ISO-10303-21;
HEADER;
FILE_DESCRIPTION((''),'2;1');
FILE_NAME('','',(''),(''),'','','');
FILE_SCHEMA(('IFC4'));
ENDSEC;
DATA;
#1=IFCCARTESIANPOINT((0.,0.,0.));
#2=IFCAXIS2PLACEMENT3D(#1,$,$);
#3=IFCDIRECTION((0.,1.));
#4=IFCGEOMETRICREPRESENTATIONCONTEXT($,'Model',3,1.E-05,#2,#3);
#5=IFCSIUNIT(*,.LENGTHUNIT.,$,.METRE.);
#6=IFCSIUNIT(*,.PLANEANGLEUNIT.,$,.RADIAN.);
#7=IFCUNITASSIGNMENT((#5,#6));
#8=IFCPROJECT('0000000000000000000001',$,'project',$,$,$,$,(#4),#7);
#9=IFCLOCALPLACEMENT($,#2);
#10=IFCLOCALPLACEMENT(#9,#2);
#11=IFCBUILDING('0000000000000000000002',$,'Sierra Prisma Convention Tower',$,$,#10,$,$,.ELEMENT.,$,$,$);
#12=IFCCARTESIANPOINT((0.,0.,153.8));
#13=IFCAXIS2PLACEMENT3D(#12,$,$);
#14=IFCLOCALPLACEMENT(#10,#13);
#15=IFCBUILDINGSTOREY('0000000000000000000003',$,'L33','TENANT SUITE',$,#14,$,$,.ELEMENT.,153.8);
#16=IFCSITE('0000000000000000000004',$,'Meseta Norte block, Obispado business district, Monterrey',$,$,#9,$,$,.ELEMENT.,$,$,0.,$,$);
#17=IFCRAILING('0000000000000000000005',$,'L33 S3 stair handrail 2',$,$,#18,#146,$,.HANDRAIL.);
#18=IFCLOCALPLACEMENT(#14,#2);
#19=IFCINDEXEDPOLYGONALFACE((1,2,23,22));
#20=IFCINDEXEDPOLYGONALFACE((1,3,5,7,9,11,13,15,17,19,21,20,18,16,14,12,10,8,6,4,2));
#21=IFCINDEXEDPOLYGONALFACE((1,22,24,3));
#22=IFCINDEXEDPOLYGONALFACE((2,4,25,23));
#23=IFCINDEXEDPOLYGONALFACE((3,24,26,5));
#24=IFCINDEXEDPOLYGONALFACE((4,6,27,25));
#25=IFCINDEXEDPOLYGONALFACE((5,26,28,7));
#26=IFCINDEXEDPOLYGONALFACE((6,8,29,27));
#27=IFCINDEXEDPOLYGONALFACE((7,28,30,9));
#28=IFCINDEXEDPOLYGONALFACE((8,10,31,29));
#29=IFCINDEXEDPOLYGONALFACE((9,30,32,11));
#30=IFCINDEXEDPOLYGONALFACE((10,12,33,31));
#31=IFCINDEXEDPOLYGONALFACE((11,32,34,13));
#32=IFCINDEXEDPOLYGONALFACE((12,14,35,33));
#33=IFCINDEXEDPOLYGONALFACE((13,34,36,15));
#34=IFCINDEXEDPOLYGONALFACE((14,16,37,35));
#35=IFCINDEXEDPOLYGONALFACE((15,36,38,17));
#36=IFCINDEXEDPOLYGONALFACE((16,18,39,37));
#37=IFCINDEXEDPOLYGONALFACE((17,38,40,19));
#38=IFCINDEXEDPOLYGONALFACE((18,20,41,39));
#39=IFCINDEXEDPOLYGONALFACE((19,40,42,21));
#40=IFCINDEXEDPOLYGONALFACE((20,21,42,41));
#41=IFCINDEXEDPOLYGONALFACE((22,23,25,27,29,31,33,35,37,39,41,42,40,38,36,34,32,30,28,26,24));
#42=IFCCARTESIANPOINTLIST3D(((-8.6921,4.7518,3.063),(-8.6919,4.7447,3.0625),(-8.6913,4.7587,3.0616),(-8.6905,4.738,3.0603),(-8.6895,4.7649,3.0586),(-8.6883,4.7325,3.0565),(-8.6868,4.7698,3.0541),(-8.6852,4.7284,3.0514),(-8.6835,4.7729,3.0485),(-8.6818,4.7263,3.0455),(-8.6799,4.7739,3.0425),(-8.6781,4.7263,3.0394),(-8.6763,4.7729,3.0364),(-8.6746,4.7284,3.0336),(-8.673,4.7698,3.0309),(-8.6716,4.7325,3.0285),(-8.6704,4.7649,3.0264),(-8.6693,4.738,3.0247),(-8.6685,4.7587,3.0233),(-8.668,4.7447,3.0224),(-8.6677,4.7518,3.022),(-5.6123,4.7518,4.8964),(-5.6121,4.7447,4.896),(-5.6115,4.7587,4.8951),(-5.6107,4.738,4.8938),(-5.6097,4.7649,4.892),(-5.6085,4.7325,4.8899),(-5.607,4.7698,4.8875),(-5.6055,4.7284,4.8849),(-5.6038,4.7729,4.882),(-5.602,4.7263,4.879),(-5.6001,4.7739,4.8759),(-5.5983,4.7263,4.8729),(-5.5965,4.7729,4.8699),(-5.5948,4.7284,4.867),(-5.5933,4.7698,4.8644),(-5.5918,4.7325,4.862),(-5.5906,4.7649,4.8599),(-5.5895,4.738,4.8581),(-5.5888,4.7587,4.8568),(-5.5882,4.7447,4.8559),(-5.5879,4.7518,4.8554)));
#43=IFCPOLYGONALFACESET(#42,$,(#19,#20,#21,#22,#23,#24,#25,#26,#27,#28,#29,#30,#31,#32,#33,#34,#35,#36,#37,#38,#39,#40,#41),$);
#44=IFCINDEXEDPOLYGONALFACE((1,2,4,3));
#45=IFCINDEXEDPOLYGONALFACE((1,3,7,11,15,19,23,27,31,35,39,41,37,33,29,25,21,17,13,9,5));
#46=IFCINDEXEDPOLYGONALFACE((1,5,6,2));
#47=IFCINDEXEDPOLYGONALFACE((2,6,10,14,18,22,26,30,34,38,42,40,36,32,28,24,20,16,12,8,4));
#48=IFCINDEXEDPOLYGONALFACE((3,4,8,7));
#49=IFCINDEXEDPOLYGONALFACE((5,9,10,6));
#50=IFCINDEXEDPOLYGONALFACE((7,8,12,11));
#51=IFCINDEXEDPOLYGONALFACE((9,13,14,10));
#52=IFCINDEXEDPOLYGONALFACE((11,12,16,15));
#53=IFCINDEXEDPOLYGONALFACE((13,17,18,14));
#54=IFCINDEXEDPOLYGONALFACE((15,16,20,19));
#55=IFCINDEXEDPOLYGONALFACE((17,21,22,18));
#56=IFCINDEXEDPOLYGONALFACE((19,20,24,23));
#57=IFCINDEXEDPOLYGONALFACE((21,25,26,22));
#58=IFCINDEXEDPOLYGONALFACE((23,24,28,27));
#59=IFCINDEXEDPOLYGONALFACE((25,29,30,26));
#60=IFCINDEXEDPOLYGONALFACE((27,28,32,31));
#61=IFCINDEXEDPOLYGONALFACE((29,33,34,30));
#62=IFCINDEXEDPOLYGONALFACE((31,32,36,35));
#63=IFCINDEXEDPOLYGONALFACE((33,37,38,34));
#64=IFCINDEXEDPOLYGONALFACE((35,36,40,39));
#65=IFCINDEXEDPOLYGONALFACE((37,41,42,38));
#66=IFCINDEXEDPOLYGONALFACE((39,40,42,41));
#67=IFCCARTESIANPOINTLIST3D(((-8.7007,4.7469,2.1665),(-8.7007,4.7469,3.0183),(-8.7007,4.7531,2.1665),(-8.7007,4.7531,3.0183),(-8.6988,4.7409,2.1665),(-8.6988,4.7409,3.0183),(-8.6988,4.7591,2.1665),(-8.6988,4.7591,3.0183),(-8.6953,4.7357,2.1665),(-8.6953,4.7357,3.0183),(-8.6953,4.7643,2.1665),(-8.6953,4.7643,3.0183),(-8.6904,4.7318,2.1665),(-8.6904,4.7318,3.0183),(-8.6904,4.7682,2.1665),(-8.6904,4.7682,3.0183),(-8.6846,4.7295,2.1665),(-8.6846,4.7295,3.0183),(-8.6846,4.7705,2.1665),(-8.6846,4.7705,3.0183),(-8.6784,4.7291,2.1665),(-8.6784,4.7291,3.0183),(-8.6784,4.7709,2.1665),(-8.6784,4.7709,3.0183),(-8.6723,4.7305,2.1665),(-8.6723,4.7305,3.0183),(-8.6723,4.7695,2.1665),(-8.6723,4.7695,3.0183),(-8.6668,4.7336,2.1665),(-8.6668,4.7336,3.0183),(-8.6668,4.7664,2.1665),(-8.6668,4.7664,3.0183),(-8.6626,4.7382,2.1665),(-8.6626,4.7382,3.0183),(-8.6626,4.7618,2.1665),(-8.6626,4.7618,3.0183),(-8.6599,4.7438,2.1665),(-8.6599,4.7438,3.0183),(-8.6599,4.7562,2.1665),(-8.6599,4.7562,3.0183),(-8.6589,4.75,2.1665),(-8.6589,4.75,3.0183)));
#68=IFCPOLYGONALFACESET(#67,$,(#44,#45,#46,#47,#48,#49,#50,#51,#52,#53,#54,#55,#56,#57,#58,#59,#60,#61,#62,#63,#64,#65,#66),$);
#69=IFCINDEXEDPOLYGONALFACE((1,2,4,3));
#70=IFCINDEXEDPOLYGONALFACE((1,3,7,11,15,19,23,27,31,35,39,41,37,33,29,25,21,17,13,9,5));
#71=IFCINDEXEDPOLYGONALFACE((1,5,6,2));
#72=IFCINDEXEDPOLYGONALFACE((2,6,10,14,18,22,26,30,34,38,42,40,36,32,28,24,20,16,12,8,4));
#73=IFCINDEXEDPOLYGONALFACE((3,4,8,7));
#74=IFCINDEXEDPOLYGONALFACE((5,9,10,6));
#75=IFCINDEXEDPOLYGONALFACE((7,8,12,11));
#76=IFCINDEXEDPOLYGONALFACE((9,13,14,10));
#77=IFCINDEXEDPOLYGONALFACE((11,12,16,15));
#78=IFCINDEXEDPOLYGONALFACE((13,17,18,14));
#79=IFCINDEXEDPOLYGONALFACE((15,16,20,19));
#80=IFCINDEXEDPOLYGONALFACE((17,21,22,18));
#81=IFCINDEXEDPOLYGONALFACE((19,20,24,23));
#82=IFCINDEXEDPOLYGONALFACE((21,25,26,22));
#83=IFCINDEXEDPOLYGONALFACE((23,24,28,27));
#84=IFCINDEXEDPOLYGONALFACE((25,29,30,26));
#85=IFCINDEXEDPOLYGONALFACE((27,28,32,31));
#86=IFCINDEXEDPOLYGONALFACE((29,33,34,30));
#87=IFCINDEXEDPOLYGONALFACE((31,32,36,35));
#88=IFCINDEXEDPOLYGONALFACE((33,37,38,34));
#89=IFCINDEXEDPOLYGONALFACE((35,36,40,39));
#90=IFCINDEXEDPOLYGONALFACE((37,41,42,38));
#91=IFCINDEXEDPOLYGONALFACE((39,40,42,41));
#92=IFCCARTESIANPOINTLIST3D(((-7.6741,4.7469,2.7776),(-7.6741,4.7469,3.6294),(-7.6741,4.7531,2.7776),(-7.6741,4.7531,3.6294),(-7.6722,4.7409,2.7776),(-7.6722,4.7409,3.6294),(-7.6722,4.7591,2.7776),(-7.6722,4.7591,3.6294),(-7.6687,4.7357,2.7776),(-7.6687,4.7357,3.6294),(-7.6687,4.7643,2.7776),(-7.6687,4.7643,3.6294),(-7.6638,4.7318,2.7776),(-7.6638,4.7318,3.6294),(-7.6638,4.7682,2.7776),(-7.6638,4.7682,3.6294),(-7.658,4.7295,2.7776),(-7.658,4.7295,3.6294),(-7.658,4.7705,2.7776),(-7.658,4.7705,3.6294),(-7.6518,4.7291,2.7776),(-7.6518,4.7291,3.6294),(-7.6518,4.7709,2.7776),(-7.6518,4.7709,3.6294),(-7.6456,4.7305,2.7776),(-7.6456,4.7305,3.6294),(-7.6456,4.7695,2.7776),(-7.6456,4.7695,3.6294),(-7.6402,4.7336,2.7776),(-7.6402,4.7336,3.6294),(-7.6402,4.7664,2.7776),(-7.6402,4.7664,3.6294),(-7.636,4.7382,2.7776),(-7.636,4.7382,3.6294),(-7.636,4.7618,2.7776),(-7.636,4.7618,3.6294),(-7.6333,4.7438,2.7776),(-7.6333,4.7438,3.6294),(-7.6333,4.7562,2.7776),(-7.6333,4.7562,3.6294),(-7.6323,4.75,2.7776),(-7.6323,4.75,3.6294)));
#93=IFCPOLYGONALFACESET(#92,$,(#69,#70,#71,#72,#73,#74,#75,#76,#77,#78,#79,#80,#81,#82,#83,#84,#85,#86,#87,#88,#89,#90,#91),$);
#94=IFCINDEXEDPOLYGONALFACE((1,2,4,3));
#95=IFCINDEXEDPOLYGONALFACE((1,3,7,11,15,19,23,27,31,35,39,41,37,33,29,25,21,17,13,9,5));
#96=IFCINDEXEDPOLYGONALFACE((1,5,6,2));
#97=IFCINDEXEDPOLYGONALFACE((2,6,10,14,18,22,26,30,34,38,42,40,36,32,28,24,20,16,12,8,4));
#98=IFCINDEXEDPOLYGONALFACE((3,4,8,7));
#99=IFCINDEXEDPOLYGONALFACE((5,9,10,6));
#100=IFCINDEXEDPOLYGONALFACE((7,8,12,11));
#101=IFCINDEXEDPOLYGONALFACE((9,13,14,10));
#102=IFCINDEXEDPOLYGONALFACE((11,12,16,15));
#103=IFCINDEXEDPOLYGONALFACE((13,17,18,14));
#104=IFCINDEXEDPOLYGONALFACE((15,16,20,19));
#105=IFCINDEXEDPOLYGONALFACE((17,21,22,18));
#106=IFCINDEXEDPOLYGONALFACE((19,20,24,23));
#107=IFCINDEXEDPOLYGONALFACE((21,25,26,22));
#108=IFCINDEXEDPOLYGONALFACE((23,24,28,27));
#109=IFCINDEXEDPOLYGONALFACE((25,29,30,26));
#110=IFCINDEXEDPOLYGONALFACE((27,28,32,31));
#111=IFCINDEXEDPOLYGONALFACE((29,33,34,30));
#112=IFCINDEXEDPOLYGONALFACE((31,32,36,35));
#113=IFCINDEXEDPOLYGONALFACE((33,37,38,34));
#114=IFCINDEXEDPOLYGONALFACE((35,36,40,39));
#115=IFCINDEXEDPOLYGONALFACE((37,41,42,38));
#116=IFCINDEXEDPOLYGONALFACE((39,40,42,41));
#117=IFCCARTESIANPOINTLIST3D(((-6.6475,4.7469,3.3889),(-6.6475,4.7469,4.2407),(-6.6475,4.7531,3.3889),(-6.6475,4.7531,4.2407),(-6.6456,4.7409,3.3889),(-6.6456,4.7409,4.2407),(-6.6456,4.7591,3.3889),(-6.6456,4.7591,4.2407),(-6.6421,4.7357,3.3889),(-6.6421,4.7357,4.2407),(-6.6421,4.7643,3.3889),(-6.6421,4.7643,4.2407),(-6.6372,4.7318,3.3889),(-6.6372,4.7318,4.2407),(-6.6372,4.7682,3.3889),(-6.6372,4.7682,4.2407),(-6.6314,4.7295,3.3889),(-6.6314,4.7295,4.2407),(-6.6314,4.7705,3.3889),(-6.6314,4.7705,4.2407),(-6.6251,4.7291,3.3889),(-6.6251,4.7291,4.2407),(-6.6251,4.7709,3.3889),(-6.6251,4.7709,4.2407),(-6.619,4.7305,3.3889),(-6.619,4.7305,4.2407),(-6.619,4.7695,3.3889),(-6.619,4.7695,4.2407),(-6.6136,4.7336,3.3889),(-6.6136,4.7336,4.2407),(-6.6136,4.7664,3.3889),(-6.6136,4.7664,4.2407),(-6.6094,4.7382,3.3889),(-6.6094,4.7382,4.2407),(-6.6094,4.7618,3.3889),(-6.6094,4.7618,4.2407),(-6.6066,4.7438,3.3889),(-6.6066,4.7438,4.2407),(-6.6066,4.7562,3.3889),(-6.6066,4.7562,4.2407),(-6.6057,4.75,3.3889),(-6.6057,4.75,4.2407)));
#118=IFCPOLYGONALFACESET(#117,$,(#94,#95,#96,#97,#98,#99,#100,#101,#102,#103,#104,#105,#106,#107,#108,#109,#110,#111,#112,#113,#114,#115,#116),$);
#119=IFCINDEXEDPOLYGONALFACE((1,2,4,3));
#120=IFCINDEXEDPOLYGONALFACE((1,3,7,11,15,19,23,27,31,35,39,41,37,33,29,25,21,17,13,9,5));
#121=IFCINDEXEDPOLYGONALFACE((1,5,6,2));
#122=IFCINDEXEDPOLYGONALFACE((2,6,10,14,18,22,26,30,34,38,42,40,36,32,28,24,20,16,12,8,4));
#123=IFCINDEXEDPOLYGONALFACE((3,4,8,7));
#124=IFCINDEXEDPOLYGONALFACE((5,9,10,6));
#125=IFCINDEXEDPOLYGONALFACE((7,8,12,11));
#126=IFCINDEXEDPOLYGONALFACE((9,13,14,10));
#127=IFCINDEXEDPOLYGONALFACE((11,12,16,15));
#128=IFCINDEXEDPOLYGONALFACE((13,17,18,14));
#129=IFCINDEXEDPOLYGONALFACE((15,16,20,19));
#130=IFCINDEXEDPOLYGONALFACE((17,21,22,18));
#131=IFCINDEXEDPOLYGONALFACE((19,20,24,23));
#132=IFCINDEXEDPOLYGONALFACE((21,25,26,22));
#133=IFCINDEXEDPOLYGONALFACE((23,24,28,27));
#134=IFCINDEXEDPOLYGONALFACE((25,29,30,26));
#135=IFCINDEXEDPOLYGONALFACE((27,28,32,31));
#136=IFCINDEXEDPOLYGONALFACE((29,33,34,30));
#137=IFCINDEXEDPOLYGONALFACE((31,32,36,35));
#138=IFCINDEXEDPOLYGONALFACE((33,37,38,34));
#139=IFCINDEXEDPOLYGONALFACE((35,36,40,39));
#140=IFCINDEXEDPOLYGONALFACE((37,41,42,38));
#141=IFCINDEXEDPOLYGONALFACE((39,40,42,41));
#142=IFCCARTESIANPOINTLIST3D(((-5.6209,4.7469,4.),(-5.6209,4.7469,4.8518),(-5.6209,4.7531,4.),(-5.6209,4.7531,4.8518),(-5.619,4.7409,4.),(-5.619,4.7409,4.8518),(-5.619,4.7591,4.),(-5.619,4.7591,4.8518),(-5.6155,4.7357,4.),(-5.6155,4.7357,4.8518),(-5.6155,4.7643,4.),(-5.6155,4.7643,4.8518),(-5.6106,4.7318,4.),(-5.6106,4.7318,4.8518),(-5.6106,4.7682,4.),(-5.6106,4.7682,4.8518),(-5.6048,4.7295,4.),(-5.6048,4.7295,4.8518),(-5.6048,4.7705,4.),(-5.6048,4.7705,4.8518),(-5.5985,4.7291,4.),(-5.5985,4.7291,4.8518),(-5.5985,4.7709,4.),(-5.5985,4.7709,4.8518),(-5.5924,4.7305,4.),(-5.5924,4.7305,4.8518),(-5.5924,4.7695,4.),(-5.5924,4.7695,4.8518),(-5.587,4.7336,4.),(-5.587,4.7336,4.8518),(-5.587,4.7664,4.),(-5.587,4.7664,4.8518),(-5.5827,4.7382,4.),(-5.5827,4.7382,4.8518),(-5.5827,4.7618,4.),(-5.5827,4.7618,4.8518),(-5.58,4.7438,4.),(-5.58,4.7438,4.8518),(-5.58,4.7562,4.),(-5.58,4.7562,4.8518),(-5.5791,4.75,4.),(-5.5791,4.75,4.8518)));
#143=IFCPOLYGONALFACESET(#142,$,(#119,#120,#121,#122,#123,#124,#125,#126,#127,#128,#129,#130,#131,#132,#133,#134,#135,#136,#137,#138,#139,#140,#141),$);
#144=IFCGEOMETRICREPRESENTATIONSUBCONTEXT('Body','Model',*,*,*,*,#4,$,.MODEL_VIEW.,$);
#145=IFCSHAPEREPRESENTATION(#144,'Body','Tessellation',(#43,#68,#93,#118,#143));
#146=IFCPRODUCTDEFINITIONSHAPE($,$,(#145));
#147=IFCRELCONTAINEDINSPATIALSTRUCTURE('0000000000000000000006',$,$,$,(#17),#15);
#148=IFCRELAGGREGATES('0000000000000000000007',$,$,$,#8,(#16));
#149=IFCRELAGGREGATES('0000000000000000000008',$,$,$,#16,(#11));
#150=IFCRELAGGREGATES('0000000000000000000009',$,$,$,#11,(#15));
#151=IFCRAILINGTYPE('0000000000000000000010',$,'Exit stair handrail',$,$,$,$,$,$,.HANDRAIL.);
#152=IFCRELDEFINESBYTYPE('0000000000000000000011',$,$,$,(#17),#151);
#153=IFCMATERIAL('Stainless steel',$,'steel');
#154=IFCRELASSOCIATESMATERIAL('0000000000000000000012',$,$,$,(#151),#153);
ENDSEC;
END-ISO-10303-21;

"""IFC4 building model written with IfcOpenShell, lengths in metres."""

from ifc_helpers import new_model, si_unit, direction, frame, origin, origin_2d, place, context, subcontext, project, spatial, circle, extrude, material, type_object, element, save


model = new_model("IFC4")

# Units and contexts
model_context = context("Model", 3, precision=1e-05, world=origin(), true_north=direction((0.0, 1.0)))
body_context = subcontext(model_context, "Body", "Model", "MODEL_VIEW")
ifc_project = project(units=[si_unit("LENGTHUNIT", "METRE"), si_unit("PLANEANGLEUNIT", "RADIAN")], contexts=[model_context])

# Site, building, storey
site_placement = place(None, origin())
site = spatial("IfcSite", under=ifc_project, at=site_placement, Name="Meseta Norte block, Obispado business district, Monterrey", CompositionType="ELEMENT", RefElevation=0.0)
building_placement = place(site_placement, origin())
building = spatial("IfcBuilding", under=site, at=building_placement, Name="Sierra Prisma Convention Tower", CompositionType="ELEMENT")
storey_placement = place(building_placement, frame((0.0, 0.0, 153.8)))
storey = spatial("IfcBuildingStorey", under=building, at=storey_placement, Name="L33", Description="TENANT SUITE", CompositionType="ELEMENT", Elevation=153.8)

# Railing
ifc_material_1 = material(Name="Stainless steel", Category="steel")
railing_type_1 = type_object("IfcRailingType", Name="Exit stair handrail", PredefinedType="HANDRAIL", material=ifc_material_1)
railing_1_placement = place(storey_placement, frame((-8.6799, 4.75, 2.1665)))
element("IfcRailing", 1, at=railing_1_placement, inside=storey, type_object=railing_type_1, Name="L33 S3 stair handrail 2", PredefinedType="HANDRAIL", context=body_context, shape_type="SweptSolid", body=[
    extrude(circle(Radius=0.0239, at=origin_2d()), frame((0.0, 0.0, 0.876), z_axis=(0.859261, 0.0, 0.511538), x_axis=(0.0, 1.0, 0.0)), (0.0, 0.0, 1.0), 3.5842),
    extrude(circle(Radius=0.021, at=origin_2d()), origin(), (0.0, 0.0, 1.0), 0.8518),
    extrude(circle(Radius=0.021, at=origin_2d()), frame((1.0266, 0.0, 0.6111)), (0.0, 0.0, 1.0), 0.8518),
    extrude(circle(Radius=0.021, at=origin_2d()), frame((2.0532, 0.0, 1.2224)), (0.0, 0.0, 1.0), 0.8518),
    extrude(circle(Radius=0.021, at=origin_2d()), frame((3.0798, 0.0, 1.8335)), (0.0, 0.0, 1.0), 0.8518),
])

save(model, "model.ifc")
